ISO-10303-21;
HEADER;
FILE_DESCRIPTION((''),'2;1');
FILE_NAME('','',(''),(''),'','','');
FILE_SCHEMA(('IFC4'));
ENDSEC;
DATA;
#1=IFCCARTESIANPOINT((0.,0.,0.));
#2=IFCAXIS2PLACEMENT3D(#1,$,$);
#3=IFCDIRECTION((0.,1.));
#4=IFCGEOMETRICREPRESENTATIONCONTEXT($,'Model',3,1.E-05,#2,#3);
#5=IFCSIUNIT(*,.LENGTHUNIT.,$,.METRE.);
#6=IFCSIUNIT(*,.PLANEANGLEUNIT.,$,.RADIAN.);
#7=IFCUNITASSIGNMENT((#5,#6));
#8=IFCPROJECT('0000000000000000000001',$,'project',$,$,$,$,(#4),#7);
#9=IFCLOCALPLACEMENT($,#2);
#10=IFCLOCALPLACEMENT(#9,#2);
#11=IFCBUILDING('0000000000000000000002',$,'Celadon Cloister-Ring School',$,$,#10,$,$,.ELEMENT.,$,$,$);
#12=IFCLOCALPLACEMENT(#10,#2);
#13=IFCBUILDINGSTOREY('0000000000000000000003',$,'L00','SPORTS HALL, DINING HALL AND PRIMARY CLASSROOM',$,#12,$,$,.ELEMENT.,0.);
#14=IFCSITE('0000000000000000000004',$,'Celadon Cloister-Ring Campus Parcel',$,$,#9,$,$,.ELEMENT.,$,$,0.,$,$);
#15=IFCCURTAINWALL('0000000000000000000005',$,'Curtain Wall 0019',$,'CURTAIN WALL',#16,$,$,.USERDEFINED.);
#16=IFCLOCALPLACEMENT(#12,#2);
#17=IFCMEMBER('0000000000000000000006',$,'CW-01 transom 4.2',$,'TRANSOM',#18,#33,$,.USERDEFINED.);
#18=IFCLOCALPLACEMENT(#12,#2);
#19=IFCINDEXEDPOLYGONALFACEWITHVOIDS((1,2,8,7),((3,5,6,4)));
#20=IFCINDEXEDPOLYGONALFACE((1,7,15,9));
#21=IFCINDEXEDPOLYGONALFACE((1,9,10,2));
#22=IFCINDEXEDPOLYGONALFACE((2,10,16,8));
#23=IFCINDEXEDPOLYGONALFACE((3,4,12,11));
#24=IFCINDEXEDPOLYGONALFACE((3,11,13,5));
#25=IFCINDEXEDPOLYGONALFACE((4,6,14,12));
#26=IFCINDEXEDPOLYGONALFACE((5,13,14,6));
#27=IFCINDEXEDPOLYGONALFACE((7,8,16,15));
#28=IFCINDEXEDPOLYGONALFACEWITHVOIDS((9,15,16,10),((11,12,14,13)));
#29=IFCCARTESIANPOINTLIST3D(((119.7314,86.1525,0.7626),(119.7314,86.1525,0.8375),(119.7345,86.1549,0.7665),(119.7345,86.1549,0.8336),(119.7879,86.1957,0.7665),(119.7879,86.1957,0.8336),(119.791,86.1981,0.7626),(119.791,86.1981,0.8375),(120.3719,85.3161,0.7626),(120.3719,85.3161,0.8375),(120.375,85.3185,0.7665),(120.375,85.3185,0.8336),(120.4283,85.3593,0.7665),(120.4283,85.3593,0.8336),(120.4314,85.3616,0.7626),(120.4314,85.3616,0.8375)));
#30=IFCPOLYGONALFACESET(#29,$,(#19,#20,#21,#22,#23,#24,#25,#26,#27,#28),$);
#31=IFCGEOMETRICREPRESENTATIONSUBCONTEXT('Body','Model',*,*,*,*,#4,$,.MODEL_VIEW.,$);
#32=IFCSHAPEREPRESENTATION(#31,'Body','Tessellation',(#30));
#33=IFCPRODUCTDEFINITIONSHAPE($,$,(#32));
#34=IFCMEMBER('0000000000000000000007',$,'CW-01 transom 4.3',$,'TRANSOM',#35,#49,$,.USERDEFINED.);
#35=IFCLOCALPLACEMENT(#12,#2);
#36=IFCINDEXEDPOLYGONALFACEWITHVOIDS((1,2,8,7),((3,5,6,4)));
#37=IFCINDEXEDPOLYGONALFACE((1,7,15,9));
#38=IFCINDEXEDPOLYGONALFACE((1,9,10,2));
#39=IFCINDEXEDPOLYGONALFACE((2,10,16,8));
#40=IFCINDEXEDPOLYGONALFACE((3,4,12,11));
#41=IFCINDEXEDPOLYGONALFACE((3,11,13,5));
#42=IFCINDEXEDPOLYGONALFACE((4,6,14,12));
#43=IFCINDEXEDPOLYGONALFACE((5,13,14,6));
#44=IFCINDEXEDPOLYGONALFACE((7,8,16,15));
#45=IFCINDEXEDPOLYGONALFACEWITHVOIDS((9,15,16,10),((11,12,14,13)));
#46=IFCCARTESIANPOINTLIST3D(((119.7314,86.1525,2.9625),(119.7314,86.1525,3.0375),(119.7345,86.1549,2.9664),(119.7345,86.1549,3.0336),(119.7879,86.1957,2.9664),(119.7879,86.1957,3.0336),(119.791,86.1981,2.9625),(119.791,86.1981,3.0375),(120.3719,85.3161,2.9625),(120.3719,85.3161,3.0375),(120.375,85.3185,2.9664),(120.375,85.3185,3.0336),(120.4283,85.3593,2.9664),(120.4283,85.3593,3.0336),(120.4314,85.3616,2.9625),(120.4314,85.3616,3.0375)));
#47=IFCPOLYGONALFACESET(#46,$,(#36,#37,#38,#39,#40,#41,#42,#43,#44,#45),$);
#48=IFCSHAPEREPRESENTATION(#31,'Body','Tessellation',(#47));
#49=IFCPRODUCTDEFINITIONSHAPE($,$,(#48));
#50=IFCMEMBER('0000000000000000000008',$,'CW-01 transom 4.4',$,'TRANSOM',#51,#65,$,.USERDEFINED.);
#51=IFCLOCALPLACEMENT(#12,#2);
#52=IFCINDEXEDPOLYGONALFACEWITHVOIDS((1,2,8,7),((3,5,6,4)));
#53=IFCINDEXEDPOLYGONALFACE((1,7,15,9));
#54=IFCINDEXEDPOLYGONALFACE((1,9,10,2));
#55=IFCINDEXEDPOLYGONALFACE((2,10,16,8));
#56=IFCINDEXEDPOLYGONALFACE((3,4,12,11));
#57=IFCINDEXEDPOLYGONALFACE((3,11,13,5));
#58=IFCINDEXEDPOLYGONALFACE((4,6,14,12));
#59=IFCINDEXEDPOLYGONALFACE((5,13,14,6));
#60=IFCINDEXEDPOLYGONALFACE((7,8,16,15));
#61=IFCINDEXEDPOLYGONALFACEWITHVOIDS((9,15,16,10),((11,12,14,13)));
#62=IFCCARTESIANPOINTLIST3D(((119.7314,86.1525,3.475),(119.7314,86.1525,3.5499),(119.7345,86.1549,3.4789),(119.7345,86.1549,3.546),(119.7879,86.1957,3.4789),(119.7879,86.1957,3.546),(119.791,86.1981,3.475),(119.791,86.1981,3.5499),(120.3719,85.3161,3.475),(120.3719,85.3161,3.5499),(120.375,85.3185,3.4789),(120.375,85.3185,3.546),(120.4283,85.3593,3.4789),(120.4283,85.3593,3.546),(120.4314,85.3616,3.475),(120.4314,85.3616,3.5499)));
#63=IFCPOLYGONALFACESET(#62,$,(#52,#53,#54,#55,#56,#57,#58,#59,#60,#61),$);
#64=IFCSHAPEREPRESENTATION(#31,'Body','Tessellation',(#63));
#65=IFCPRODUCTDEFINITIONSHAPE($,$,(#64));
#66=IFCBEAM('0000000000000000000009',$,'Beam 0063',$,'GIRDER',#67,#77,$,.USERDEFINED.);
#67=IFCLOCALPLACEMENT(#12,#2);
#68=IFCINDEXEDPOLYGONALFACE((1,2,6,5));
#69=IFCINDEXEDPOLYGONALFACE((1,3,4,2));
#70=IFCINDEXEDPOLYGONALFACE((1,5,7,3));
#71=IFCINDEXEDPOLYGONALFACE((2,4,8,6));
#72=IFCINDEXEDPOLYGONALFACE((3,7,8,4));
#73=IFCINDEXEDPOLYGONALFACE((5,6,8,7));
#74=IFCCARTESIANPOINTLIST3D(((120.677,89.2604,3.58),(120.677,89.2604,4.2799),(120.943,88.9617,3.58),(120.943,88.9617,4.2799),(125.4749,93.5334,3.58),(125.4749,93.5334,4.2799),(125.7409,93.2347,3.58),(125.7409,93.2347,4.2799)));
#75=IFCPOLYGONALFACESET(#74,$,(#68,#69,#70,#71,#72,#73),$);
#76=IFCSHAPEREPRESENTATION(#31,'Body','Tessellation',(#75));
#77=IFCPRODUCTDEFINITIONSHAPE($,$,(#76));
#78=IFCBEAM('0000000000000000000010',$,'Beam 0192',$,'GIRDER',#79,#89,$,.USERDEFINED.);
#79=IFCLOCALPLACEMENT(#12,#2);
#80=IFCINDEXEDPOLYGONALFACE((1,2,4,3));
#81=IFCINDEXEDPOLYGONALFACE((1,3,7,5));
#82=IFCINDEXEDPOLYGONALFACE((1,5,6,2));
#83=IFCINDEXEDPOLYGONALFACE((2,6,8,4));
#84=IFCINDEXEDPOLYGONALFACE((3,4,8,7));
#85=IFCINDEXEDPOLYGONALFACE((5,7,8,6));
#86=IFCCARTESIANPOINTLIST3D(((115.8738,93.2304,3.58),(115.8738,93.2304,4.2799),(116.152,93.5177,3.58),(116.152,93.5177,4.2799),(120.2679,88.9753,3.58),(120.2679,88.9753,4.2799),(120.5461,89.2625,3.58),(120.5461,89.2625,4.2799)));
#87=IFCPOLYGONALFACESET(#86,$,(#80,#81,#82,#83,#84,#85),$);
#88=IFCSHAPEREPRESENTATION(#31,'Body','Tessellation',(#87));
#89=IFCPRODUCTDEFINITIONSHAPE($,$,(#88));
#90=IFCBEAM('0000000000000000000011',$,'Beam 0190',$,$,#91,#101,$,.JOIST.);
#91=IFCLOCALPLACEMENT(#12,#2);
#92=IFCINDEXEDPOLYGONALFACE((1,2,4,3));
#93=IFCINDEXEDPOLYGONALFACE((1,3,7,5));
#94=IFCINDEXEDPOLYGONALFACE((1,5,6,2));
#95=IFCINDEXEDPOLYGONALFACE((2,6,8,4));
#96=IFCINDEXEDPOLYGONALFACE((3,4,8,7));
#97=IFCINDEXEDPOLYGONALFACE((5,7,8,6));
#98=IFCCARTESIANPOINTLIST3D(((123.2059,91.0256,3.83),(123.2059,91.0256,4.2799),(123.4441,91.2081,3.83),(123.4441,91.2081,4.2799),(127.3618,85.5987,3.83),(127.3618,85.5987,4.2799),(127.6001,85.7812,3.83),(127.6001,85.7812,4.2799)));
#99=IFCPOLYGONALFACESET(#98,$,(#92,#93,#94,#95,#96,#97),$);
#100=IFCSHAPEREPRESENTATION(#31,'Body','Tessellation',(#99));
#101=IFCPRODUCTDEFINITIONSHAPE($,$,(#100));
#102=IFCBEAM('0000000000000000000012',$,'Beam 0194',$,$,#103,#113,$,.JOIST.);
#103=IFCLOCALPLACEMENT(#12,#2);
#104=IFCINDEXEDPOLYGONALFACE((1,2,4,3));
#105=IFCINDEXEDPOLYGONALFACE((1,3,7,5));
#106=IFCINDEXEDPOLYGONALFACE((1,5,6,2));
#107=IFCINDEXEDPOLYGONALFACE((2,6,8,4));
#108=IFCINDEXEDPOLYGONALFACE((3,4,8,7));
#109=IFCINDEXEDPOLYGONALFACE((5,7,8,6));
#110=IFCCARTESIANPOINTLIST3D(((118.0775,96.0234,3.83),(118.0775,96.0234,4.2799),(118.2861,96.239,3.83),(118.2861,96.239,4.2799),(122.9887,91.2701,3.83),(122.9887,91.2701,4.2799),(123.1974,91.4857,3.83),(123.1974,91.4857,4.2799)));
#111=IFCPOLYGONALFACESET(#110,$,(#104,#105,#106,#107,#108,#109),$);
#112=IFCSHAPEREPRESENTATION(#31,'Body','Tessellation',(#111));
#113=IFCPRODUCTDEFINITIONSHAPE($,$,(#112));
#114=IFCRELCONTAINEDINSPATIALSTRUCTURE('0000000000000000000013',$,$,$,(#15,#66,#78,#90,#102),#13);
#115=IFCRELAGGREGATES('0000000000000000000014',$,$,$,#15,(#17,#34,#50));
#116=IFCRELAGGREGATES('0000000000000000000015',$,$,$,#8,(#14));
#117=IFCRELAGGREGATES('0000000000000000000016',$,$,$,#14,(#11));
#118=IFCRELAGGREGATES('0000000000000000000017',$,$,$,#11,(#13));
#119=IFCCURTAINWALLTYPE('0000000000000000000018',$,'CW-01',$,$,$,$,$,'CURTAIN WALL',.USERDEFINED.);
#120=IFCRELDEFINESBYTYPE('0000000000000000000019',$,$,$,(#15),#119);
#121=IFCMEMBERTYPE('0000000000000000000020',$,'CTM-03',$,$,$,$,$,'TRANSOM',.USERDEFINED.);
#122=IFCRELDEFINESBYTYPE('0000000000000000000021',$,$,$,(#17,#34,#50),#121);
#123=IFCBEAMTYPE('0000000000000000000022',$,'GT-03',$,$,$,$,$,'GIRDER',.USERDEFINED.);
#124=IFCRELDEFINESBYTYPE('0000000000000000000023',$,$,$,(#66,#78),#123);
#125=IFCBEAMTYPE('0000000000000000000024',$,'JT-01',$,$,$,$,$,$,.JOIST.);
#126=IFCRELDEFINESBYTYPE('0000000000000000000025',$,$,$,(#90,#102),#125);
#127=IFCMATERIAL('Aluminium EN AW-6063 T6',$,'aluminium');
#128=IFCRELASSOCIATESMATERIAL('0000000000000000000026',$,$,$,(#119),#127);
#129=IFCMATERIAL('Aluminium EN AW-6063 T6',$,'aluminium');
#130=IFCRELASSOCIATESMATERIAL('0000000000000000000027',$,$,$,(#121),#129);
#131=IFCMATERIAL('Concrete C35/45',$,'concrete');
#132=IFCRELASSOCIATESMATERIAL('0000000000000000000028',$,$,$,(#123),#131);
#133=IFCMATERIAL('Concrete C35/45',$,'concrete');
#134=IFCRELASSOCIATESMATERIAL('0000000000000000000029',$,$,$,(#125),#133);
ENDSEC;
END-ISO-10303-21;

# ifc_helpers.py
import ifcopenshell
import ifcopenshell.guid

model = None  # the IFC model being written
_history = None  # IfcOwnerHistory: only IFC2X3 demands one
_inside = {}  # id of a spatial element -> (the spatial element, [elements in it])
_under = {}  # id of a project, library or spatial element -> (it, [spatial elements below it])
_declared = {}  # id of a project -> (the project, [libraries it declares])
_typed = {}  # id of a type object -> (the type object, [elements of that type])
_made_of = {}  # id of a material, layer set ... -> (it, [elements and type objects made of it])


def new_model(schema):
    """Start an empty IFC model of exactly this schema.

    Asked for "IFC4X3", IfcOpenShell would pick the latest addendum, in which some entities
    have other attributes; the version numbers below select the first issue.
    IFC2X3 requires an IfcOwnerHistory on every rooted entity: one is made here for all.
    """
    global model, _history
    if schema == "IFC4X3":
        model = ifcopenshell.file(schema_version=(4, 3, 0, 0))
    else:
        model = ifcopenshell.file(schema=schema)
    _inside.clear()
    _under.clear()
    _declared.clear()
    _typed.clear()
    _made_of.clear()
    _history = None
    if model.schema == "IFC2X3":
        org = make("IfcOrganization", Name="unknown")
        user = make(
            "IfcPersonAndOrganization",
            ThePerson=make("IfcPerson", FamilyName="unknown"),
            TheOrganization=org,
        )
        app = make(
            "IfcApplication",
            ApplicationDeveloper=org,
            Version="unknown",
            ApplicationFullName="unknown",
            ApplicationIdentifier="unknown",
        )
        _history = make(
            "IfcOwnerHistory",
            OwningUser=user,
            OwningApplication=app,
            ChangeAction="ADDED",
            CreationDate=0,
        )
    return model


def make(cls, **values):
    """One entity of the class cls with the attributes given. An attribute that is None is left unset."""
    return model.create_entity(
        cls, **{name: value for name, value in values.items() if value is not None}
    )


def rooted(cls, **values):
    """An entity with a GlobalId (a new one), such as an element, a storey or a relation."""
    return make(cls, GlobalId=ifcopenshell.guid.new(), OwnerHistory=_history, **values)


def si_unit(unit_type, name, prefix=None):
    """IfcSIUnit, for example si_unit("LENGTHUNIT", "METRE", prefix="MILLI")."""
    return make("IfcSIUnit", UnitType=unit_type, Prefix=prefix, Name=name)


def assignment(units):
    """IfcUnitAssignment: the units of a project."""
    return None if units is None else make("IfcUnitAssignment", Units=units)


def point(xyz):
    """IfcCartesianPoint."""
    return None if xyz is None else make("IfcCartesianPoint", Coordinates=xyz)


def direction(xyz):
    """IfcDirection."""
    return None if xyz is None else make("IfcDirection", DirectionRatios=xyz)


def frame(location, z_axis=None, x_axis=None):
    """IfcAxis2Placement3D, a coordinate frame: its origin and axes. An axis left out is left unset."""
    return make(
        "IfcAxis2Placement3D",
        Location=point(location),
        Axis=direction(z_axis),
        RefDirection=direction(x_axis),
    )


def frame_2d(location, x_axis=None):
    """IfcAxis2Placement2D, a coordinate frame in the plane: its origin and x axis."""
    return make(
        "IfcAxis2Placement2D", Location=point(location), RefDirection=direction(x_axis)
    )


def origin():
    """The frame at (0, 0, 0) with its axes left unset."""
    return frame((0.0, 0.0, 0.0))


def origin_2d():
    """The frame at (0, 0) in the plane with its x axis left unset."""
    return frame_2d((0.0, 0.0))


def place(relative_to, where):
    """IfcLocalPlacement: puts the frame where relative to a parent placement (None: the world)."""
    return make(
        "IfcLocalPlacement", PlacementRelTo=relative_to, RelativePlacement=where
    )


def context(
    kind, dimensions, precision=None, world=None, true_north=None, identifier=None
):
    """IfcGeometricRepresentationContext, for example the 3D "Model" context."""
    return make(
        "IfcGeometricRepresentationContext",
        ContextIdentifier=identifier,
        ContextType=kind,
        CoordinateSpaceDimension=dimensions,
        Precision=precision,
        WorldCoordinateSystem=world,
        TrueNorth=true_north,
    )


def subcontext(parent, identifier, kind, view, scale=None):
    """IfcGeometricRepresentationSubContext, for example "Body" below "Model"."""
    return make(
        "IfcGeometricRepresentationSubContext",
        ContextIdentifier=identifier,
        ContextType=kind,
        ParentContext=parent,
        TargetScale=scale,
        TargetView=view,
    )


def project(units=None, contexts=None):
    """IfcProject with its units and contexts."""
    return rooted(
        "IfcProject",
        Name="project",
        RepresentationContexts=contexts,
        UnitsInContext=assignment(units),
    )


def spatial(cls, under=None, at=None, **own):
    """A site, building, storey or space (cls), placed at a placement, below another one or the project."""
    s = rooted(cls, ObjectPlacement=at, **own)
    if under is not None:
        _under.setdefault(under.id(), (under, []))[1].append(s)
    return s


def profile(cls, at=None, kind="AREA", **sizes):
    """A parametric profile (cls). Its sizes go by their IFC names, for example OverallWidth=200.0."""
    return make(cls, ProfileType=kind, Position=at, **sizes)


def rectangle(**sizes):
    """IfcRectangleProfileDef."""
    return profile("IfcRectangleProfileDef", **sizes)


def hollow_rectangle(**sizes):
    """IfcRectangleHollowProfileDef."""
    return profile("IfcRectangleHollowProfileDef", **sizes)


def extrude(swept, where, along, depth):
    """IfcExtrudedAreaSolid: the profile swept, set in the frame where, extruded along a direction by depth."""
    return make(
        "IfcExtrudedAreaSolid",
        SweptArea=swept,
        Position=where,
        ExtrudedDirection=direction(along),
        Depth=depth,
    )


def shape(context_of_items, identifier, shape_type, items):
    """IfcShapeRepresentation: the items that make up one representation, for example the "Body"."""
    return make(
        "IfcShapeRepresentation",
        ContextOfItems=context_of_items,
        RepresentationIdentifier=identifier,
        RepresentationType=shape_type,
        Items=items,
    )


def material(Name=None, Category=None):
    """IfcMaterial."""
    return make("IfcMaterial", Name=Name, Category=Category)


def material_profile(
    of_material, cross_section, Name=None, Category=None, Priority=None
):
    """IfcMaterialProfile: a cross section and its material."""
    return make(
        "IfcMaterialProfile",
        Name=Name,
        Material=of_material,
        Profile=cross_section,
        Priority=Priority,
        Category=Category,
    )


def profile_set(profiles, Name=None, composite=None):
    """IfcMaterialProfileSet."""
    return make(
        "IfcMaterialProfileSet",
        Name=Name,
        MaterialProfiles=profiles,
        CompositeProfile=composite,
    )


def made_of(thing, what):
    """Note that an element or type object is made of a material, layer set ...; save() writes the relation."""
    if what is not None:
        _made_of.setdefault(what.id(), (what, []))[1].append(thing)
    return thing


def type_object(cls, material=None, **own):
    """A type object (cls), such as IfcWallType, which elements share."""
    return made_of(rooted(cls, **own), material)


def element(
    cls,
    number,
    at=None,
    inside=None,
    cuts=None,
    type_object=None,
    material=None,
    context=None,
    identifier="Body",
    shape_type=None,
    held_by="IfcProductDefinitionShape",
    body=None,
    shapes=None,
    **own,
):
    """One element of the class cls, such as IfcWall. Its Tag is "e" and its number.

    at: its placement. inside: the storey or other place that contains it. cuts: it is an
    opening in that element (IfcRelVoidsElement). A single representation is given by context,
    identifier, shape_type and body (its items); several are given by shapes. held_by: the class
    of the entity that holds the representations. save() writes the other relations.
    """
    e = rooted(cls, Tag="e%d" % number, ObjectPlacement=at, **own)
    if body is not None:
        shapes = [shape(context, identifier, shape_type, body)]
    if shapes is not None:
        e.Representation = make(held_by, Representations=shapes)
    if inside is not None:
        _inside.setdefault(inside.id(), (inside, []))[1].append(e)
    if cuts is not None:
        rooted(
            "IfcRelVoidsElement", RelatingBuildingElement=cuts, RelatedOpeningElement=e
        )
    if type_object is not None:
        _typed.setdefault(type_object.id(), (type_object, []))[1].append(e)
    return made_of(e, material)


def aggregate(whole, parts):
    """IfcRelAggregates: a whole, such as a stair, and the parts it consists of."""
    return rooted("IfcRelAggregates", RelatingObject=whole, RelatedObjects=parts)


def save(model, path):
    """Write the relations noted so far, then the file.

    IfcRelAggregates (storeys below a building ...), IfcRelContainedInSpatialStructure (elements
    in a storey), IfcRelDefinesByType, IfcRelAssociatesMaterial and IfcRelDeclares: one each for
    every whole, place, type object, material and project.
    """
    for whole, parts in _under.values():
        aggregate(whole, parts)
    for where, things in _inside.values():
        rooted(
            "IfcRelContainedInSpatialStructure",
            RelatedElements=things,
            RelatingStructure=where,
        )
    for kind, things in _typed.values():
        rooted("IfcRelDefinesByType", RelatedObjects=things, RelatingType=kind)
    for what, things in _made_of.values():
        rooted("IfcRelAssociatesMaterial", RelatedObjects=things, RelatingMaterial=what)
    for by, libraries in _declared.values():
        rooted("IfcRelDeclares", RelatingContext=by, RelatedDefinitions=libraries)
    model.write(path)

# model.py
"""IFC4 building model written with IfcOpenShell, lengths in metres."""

from ifc_helpers import new_model, si_unit, direction, frame, origin, origin_2d, place, context, subcontext, project, spatial, rectangle, hollow_rectangle, extrude, material, material_profile, profile_set, type_object, element, aggregate, save


model = new_model("IFC4")

# Units and contexts
model_context = context("Model", 3, precision=1e-05, world=origin(), true_north=direction((0.0, 1.0)))
body_context = subcontext(model_context, "Body", "Model", "MODEL_VIEW")
ifc_project = project(units=[si_unit("LENGTHUNIT", "METRE"), si_unit("PLANEANGLEUNIT", "RADIAN")], contexts=[model_context])

# Site, building, storey
site_placement = place(None, origin())
site = spatial("IfcSite", under=ifc_project, at=site_placement, Name="Celadon Cloister-Ring Campus Parcel", CompositionType="ELEMENT", RefElevation=0.0)
building_placement = place(site_placement, origin())
building = spatial("IfcBuilding", under=site, at=building_placement, Name="Celadon Cloister-Ring School", CompositionType="ELEMENT")
storey_placement = place(building_placement, origin())
storey = spatial("IfcBuildingStorey", under=building, at=storey_placement, Name="L00", Description="SPORTS HALL, DINING HALL AND PRIMARY CLASSROOM", CompositionType="ELEMENT", Elevation=0.0)

# Curtain wall, members
ifc_material_1 = material(Name="Aluminium EN AW-6063 T6", Category="aluminium")
curtain_wall_type = type_object("IfcCurtainWallType", Name="CW-01", ElementType="CURTAIN WALL", PredefinedType="USERDEFINED", material=ifc_material_1)
curtain_wall_placement = place(storey_placement, origin())
curtain_wall = element("IfcCurtainWall", 1, at=curtain_wall_placement, inside=storey, type_object=curtain_wall_type, Name="Curtain Wall 0019", ObjectType="CURTAIN WALL", PredefinedType="USERDEFINED")
ifc_material_2 = material(Name="Aluminium EN AW-6063 T6", Category="aluminium")
ifc_material_profile_1 = material_profile(ifc_material_2, hollow_rectangle(XDim=0.075, YDim=0.075, WallThickness=0.0039, at=origin_2d()), Name="RHS75X75X4")
ifc_profile_set_1 = profile_set([ifc_material_profile_1], Name="Aluminium EN AW-6063 T6")
member_type = type_object("IfcMemberType", Name="CTM-03", ElementType="TRANSOM", PredefinedType="USERDEFINED", material=ifc_profile_set_1)
member_1_placement = place(storey_placement, frame((120.4016, 85.3389, 0.8), z_axis=(-0.607906, 0.794009, 0.0), x_axis=(-0.794009, -0.607906, 0.0)))
member_1 = element("IfcMember", 2, at=member_1_placement, type_object=member_type, Name="CW-01 transom 4.2", ObjectType="TRANSOM", PredefinedType="USERDEFINED", context=body_context, shape_type="SweptSolid", body=[
    extrude(hollow_rectangle(XDim=0.075, YDim=0.075, WallThickness=0.0039, at=origin_2d()), origin(), (0.0, 0.0, 1.0), 1.0535),
])
member_2_placement = place(storey_placement, frame((120.4016, 85.3389, 3.0), z_axis=(-0.607906, 0.794009, 0.0), x_axis=(-0.794009, -0.607906, 0.0)))
member_2 = element("IfcMember", 3, at=member_2_placement, type_object=member_type, Name="CW-01 transom 4.3", ObjectType="TRANSOM", PredefinedType="USERDEFINED", context=body_context, shape_type="SweptSolid", body=[
    extrude(hollow_rectangle(XDim=0.075, YDim=0.075, WallThickness=0.0039, at=origin_2d()), origin(), (0.0, 0.0, 1.0), 1.0535),
])
member_3_placement = place(storey_placement, frame((120.4016, 85.3389, 3.5125), z_axis=(-0.607906, 0.794009, 0.0), x_axis=(-0.794009, -0.607906, 0.0)))
member_3 = element("IfcMember", 4, at=member_3_placement, type_object=member_type, Name="CW-01 transom 4.4", ObjectType="TRANSOM", PredefinedType="USERDEFINED", context=body_context, shape_type="SweptSolid", body=[
    extrude(hollow_rectangle(XDim=0.075, YDim=0.075, WallThickness=0.0039, at=origin_2d()), origin(), (0.0, 0.0, 1.0), 1.0535),
])
aggregate(curtain_wall, [member_1, member_2, member_3])

# Beams
ifc_material_3 = material(Name="Concrete C35/45", Category="concrete")
ifc_material_profile_2 = material_profile(ifc_material_3, rectangle(XDim=0.3999, YDim=0.7, at=origin_2d()), Name="RC400X700")
ifc_profile_set_2 = profile_set([ifc_material_profile_2], Name="Concrete C35/45")
beam_type_1 = type_object("IfcBeamType", Name="GT-03", ElementType="GIRDER", PredefinedType="USERDEFINED", material=ifc_profile_set_2)
beam_1_placement = place(storey_placement, frame((125.6079, 93.384, 3.9299), z_axis=(-0.746776, -0.665076, 0.0), x_axis=(0.665076, -0.746776, 0.0)))
element("IfcBeam", 5, at=beam_1_placement, inside=storey, type_object=beam_type_1, Name="Beam 0063", ObjectType="GIRDER", PredefinedType="USERDEFINED", context=body_context, shape_type="SweptSolid", body=[
    extrude(rectangle(XDim=0.3999, YDim=0.7, at=origin_2d()), origin(), (0.0, 0.0, 1.0), 6.4248),
])
beam_2_placement = place(storey_placement, frame((120.407, 89.1189, 3.9299), z_axis=(-0.718371, 0.69566, 0.0), x_axis=(-0.69566, -0.718371, 0.0)))
element("IfcBeam", 6, at=beam_2_placement, inside=storey, type_object=beam_type_1, Name="Beam 0192", ObjectType="GIRDER", PredefinedType="USERDEFINED", context=body_context, shape_type="SweptSolid", body=[
    extrude(rectangle(XDim=0.3999, YDim=0.7, at=origin_2d()), origin(), (0.0, 0.0, 1.0), 6.1167),
])
ifc_material_4 = material(Name="Concrete C35/45", Category="concrete")
ifc_material_profile_3 = material_profile(ifc_material_4, rectangle(XDim=0.3, YDim=0.45, at=origin_2d()), Name="RC300X450")
ifc_profile_set_3 = profile_set([ifc_material_profile_3], Name="Concrete C35/45")
beam_type_2 = type_object("IfcBeamType", Name="JT-01", PredefinedType="JOIST", material=ifc_profile_set_3)
beam_3_placement = place(storey_placement, frame((127.481, 85.6899, 4.0549), z_axis=(-0.607999, 0.793938, 0.0), x_axis=(-0.793938, -0.607999, 0.0)))
element("IfcBeam", 7, at=beam_3_placement, inside=storey, type_object=beam_type_2, Name="Beam 0190", PredefinedType="JOIST", context=body_context, shape_type="SweptSolid", body=[
    extrude(rectangle(XDim=0.3, YDim=0.45, at=origin_2d()), origin(), (0.0, 0.0, 1.0), 6.8354),
])
beam_4_placement = place(storey_placement, frame((123.093, 91.3779, 4.0549), z_axis=(-0.718568, 0.695457, 0.0), x_axis=(-0.695457, -0.718568, 0.0)))
element("IfcBeam", 8, at=beam_4_placement, inside=storey, type_object=beam_type_2, Name="Beam 0194", PredefinedType="JOIST", context=body_context, shape_type="SweptSolid", body=[
    extrude(rectangle(XDim=0.3, YDim=0.45, at=origin_2d()), origin(), (0.0, 0.0, 1.0), 6.8347),
])

save(model, "model.ifc")
